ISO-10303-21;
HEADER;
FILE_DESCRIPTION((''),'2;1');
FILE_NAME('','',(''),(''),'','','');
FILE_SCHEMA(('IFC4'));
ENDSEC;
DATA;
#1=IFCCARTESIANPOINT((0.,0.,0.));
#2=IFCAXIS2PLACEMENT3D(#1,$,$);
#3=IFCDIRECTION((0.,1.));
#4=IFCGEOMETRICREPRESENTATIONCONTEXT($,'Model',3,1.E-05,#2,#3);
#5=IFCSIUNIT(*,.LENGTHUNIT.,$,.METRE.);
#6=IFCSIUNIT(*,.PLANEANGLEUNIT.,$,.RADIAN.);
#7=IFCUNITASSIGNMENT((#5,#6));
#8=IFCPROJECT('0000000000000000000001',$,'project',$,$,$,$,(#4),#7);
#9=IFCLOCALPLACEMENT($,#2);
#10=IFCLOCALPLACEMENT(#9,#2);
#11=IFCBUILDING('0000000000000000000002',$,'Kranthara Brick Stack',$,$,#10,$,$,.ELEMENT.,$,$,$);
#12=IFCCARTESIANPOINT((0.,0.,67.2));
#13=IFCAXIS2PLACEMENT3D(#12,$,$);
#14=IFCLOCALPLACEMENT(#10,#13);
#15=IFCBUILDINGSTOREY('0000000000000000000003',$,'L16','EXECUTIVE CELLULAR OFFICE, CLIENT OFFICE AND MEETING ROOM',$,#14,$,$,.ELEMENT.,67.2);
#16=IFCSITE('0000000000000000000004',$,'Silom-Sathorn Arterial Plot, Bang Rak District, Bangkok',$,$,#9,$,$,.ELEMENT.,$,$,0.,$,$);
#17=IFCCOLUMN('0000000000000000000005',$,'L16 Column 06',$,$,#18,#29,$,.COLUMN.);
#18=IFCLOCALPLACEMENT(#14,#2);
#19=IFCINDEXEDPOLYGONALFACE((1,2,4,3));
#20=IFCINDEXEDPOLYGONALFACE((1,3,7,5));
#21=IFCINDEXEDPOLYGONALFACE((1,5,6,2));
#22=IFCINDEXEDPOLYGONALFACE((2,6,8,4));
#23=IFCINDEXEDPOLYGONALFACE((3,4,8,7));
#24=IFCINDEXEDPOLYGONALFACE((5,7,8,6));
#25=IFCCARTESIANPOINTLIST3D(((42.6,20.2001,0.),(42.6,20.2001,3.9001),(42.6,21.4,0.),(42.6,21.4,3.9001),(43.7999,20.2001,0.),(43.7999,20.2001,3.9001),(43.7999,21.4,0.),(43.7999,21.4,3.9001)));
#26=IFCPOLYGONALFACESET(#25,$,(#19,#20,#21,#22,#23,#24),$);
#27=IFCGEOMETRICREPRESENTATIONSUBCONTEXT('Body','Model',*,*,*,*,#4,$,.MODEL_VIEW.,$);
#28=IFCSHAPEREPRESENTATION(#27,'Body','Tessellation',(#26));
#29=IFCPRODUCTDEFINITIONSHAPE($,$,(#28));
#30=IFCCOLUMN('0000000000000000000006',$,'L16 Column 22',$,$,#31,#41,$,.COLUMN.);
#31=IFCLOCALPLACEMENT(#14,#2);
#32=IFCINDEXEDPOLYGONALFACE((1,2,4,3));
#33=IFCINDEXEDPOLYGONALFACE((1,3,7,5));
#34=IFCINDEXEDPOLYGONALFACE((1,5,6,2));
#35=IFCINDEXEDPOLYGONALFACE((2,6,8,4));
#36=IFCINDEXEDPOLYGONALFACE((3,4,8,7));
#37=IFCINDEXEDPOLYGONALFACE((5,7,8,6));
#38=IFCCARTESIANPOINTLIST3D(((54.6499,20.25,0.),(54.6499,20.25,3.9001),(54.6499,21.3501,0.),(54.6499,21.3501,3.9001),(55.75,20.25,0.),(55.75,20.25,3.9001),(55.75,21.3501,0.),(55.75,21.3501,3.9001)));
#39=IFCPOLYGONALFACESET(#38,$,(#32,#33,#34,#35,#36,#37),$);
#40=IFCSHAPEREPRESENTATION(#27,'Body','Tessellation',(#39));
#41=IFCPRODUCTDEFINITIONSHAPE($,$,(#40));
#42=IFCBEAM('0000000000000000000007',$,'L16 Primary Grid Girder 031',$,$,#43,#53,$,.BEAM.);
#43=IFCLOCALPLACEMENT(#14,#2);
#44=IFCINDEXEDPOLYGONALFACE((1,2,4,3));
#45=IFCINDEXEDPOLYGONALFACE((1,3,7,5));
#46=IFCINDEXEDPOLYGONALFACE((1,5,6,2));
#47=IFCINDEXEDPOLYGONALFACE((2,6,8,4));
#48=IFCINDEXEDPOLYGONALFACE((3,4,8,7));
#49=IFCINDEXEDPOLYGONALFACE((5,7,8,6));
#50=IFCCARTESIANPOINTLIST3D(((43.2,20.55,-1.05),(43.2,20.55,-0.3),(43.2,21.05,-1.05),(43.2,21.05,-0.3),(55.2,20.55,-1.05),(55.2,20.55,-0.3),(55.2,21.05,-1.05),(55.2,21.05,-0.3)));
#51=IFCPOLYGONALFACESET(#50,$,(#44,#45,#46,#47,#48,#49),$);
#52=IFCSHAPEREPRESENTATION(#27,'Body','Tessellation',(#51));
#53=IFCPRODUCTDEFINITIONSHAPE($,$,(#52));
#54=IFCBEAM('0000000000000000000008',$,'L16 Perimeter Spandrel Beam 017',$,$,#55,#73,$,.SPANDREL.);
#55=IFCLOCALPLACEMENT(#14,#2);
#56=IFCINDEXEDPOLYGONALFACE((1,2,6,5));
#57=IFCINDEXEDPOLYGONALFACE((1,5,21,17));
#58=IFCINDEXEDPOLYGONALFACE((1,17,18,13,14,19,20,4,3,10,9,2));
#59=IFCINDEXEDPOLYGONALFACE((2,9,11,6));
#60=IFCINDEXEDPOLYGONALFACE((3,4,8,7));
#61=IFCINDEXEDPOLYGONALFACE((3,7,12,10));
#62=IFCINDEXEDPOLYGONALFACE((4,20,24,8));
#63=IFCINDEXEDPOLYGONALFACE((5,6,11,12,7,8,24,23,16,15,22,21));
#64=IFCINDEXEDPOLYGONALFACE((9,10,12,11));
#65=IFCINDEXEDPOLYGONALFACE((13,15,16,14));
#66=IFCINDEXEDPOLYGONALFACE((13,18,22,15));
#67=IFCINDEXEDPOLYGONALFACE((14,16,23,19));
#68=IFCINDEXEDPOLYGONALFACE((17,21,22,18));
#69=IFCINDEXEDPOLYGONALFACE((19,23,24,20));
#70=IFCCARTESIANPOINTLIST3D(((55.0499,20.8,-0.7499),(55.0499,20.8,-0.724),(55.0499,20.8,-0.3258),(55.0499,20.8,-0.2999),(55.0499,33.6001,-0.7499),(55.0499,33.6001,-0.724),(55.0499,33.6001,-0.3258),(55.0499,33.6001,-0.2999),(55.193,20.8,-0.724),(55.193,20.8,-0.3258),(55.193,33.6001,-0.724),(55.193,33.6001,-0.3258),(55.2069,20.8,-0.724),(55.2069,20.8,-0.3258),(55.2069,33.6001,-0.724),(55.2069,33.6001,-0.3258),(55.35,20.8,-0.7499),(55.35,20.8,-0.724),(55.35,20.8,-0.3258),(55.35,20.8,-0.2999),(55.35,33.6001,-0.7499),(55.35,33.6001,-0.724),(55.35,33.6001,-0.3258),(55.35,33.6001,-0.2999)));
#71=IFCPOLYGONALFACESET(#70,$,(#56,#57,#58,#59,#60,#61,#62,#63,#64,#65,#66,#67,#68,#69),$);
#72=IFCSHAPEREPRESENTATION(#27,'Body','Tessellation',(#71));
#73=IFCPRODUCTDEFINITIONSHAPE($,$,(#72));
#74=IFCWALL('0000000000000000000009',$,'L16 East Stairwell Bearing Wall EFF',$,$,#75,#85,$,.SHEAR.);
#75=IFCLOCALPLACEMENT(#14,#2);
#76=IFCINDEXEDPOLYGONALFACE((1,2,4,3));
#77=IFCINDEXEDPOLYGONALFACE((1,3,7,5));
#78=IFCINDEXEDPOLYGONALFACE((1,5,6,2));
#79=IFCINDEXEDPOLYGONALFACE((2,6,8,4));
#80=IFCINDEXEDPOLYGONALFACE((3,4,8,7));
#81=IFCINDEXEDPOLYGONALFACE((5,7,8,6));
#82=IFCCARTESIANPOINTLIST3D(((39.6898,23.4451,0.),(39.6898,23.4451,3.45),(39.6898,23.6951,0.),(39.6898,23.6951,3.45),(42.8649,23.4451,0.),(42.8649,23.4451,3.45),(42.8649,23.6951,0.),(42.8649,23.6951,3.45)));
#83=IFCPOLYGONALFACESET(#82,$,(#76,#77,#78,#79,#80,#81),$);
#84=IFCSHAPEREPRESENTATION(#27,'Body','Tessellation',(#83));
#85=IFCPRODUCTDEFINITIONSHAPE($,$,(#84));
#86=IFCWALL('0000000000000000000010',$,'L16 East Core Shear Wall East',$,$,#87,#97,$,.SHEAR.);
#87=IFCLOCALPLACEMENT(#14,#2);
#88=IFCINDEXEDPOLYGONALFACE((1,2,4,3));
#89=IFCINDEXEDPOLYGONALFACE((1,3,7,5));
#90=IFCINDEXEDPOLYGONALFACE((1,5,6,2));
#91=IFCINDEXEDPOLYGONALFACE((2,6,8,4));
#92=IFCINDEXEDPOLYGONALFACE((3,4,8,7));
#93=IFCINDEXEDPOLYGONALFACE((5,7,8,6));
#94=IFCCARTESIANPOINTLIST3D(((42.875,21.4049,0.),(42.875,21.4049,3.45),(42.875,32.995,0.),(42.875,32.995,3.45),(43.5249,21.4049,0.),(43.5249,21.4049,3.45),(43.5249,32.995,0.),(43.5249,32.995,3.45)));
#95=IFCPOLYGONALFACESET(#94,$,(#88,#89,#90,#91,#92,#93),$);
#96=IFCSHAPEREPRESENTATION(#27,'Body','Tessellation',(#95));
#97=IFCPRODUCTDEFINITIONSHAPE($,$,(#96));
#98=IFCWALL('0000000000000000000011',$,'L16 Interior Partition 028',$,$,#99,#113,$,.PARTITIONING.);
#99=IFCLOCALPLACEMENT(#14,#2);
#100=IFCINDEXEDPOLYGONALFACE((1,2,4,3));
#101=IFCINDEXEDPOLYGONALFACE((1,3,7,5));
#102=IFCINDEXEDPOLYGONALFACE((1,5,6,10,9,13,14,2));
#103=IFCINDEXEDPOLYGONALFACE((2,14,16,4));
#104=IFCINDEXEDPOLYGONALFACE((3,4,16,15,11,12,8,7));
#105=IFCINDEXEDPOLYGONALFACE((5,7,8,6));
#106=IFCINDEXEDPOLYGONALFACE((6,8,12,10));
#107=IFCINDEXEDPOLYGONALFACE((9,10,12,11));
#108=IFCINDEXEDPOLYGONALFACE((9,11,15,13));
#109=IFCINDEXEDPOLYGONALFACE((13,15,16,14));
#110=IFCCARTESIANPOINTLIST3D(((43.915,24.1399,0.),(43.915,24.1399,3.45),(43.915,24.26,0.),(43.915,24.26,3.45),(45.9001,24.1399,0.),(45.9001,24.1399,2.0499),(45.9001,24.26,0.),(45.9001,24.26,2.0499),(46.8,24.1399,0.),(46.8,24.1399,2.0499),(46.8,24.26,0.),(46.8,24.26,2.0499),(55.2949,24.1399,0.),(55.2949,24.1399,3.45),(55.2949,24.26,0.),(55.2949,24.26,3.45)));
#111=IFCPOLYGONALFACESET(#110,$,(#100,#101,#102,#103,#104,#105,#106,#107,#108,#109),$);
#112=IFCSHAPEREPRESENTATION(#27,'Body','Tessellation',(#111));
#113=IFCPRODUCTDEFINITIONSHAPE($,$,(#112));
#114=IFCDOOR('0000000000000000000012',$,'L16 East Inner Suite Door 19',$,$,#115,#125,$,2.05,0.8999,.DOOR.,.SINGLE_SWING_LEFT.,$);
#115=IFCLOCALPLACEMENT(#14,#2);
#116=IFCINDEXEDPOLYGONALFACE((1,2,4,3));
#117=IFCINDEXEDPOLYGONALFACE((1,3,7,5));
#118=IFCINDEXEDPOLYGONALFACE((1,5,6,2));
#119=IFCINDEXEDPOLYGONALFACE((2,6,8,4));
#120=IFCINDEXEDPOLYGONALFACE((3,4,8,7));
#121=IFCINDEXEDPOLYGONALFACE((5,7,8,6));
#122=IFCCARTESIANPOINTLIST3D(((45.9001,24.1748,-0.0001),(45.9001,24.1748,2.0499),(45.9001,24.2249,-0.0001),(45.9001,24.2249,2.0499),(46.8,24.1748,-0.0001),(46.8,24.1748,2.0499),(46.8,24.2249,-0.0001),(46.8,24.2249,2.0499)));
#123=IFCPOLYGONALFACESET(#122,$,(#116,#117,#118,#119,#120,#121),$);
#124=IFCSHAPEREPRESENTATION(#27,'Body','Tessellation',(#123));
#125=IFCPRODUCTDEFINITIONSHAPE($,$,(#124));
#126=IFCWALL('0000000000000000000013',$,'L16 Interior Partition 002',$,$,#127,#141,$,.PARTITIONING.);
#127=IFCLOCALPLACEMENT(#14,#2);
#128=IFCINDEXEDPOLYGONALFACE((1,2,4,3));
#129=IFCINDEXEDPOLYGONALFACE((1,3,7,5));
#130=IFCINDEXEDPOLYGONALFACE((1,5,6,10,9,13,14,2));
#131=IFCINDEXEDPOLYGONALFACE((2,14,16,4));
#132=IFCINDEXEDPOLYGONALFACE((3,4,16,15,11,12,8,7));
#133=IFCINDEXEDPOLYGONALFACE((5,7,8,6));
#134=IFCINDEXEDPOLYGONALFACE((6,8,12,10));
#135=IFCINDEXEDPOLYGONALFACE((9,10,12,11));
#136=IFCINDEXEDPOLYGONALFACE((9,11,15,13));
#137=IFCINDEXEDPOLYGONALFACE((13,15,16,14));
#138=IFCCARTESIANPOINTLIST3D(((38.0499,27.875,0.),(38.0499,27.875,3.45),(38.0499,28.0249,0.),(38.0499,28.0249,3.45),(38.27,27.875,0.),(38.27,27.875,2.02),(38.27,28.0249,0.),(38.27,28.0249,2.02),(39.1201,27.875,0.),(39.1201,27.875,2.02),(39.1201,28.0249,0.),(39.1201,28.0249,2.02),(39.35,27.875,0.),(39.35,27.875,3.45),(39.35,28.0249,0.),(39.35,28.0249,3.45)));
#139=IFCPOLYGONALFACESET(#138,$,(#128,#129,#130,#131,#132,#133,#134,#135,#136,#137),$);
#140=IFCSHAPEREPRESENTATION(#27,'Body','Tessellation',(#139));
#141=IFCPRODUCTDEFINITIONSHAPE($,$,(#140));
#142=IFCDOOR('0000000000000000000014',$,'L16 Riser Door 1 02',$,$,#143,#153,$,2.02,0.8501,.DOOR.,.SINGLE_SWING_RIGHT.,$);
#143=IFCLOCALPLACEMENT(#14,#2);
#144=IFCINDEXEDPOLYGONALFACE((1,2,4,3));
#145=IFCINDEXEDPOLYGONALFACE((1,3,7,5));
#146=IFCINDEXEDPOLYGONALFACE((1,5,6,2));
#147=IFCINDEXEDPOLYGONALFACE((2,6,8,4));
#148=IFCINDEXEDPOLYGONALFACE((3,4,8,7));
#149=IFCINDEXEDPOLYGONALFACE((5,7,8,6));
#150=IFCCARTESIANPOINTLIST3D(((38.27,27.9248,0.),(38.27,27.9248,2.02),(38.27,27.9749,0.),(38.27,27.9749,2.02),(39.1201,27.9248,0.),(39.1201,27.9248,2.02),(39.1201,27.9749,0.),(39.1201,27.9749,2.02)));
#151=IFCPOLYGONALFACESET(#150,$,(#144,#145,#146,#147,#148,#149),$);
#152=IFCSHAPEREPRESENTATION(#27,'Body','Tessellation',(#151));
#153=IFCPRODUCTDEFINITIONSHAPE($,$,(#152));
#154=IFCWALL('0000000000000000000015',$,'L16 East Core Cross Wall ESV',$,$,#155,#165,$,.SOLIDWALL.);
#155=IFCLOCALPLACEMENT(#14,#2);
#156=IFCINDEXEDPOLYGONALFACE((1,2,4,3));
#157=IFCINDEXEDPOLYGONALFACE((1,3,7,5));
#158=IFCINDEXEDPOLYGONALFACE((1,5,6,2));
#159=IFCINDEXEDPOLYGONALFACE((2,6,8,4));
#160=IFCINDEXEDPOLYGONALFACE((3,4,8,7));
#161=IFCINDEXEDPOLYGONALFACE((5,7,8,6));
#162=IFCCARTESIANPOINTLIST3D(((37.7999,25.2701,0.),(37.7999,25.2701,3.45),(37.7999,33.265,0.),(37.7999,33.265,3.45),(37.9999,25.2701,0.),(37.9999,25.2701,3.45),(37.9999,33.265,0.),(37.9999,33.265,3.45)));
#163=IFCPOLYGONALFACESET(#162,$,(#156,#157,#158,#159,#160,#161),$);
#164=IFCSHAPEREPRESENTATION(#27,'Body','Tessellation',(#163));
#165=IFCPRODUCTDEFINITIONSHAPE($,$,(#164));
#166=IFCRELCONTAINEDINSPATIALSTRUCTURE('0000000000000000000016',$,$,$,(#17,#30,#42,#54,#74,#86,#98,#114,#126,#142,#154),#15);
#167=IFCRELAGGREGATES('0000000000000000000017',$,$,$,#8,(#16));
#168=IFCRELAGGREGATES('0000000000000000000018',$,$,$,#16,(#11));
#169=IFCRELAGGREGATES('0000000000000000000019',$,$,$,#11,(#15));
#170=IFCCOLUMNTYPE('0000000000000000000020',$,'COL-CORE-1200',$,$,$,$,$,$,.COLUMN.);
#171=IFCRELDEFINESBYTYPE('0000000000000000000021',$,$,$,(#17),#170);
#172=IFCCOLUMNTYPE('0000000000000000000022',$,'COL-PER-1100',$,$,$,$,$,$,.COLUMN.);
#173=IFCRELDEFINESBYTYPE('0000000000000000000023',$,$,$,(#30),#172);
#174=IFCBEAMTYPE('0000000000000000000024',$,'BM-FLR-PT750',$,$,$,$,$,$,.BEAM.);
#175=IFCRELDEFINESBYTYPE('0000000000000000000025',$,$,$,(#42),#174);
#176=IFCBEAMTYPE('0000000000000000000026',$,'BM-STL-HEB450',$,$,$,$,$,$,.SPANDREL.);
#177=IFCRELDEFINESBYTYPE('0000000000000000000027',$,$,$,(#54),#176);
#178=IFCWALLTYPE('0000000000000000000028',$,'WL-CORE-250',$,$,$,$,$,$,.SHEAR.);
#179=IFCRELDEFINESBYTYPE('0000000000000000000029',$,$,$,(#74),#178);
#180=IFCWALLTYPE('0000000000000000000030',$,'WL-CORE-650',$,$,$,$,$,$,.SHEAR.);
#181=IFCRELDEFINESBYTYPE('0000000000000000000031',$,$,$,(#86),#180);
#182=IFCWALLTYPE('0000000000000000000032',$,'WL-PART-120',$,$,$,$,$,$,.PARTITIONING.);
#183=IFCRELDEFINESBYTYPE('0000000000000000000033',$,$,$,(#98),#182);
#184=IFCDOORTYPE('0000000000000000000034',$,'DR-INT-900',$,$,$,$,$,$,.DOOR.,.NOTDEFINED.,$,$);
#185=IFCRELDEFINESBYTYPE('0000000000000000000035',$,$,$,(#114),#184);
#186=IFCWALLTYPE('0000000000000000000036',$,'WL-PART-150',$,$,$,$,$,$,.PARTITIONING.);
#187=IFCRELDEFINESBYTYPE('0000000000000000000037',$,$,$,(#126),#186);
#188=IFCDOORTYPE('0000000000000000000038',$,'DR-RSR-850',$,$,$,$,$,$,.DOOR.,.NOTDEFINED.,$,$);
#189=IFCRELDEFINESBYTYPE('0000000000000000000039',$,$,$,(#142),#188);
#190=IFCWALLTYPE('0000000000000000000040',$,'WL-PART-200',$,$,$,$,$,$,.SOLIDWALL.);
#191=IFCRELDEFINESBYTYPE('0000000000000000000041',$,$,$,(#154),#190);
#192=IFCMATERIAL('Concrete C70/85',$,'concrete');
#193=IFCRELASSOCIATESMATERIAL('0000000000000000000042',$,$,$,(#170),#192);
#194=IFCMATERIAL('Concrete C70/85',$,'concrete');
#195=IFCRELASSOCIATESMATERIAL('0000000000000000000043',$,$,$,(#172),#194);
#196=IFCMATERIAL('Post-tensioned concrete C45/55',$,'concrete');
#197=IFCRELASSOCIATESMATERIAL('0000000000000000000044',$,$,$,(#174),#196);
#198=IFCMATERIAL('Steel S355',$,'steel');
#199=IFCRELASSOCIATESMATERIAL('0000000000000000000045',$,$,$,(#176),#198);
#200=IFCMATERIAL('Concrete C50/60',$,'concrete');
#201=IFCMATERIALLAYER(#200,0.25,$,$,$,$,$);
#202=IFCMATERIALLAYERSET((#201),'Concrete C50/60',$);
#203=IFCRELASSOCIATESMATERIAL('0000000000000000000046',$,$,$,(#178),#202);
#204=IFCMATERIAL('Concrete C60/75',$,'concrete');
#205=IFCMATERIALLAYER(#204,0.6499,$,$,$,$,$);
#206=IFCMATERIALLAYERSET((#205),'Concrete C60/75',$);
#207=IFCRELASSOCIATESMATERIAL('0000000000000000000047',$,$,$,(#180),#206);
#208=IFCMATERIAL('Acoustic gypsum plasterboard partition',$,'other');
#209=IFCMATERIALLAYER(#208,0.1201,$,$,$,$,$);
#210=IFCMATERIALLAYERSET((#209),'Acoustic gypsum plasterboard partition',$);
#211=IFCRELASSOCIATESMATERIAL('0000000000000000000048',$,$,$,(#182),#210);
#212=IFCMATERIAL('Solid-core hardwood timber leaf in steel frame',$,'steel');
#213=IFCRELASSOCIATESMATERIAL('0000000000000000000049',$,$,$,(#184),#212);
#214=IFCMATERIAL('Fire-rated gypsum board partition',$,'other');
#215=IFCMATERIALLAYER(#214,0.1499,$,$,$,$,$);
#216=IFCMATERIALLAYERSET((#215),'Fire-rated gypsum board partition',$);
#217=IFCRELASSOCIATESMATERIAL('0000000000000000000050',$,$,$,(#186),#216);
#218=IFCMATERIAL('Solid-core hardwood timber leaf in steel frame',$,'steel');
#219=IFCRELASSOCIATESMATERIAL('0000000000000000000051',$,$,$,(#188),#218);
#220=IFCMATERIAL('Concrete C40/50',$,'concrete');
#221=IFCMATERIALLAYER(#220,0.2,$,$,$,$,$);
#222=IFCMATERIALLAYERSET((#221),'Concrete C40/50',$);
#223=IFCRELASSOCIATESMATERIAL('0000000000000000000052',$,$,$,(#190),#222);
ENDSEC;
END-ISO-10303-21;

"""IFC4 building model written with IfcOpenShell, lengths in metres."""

from ifc_helpers import new_model, si_unit, direction, frame, frame_2d, origin, origin_2d, place, context, subcontext, project, spatial, rectangle, i_section, extrude, material, layer, layer_set, material_profile, profile_set, type_object, element, fill, save


model = new_model("IFC4")

# Units and contexts
model_context = context("Model", 3, precision=1e-05, world=origin(), true_north=direction((0.0, 1.0)))
body_context = subcontext(model_context, "Body", "Model", "MODEL_VIEW")
ifc_project = project(units=[si_unit("LENGTHUNIT", "METRE"), si_unit("PLANEANGLEUNIT", "RADIAN")], contexts=[model_context])

# Site, building, storey
site_placement = place(None, origin())
site = spatial("IfcSite", under=ifc_project, at=site_placement, Name="Silom-Sathorn Arterial Plot, Bang Rak District, Bangkok", CompositionType="ELEMENT", RefElevation=0.0)
building_placement = place(site_placement, origin())
building = spatial("IfcBuilding", under=site, at=building_placement, Name="Kranthara Brick Stack", CompositionType="ELEMENT")
storey_placement = place(building_placement, frame((0.0, 0.0, 67.2)))
storey = spatial("IfcBuildingStorey", under=building, at=storey_placement, Name="L16", Description="EXECUTIVE CELLULAR OFFICE, CLIENT OFFICE AND MEETING ROOM", CompositionType="ELEMENT", Elevation=67.2)

# Columns
ifc_material_1 = material(Name="Concrete C70/85", Category="concrete")
ifc_material_profile_1 = material_profile(ifc_material_1, rectangle(XDim=1.2, YDim=1.2, at=origin_2d()), Name="RC 1200x1200")
ifc_profile_set_1 = profile_set([ifc_material_profile_1], Name="Concrete C70/85")
column_type_1 = type_object("IfcColumnType", Name="COL-CORE-1200", PredefinedType="COLUMN", material=ifc_profile_set_1)
column_1_placement = place(storey_placement, frame((43.2, 20.8, 0.0), z_axis=(0.0, 0.0, 1.0), x_axis=(1.0, 0.0, 0.0)))
element("IfcColumn", 1, at=column_1_placement, inside=storey, type_object=column_type_1, Name="L16 Column 06", PredefinedType="COLUMN", context=body_context, shape_type="SweptSolid", body=[
    extrude(rectangle(XDim=1.2, YDim=1.2, at=origin_2d()), origin(), (0.0, 0.0, 1.0), 3.9001),
])
ifc_material_2 = material(Name="Concrete C70/85", Category="concrete")
ifc_material_profile_2 = material_profile(ifc_material_2, rectangle(XDim=1.1001, YDim=1.1001, at=origin_2d()), Name="RC 1100x1100")
ifc_profile_set_2 = profile_set([ifc_material_profile_2], Name="Concrete C70/85")
column_type_2 = type_object("IfcColumnType", Name="COL-PER-1100", PredefinedType="COLUMN", material=ifc_profile_set_2)
column_2_placement = place(storey_placement, frame((55.2, 20.8, 0.0), z_axis=(0.0, 0.0, 1.0), x_axis=(1.0, 0.0, 0.0)))
element("IfcColumn", 2, at=column_2_placement, inside=storey, type_object=column_type_2, Name="L16 Column 22", PredefinedType="COLUMN", context=body_context, shape_type="SweptSolid", body=[
    extrude(rectangle(XDim=1.1001, YDim=1.1001, at=origin_2d()), origin(), (0.0, 0.0, 1.0), 3.9001),
])

# Beams
ifc_material_3 = material(Name="Post-tensioned concrete C45/55", Category="concrete")
ifc_material_profile_3 = material_profile(ifc_material_3, rectangle(XDim=0.5, YDim=0.75, at=origin_2d()), Name="PT 500x750")
ifc_profile_set_3 = profile_set([ifc_material_profile_3], Name="Post-tensioned concrete C45/55")
beam_type_1 = type_object("IfcBeamType", Name="BM-FLR-PT750", PredefinedType="BEAM", material=ifc_profile_set_3)
beam_1_placement = place(storey_placement, frame((43.2, 20.8, -0.675), z_axis=(1.0, 0.0, 0.0), x_axis=(0.0, 1.0, 0.0)))
element("IfcBeam", 3, at=beam_1_placement, inside=storey, type_object=beam_type_1, Name="L16 Primary Grid Girder 031", PredefinedType="BEAM", context=body_context, shape_type="SweptSolid", body=[
    extrude(rectangle(XDim=0.5, YDim=0.75, at=origin_2d()), origin(), (0.0, 0.0, 1.0), 12.0),
])
ifc_material_4 = material(Name="Steel S355", Category="steel")
ifc_material_profile_4 = material_profile(ifc_material_4, i_section(OverallWidth=0.3, OverallDepth=0.45, WebThickness=0.0139, FlangeThickness=0.0259, at=origin_2d()), Name="HEB 450")
ifc_profile_set_4 = profile_set([ifc_material_profile_4], Name="Steel S355")
beam_type_2 = type_object("IfcBeamType", Name="BM-STL-HEB450", PredefinedType="SPANDREL", material=ifc_profile_set_4)
beam_2_placement = place(storey_placement, frame((55.2, 20.8, -0.5249), z_axis=(0.0, 1.0, 0.0), x_axis=(-1.0, 0.0, 0.0)))
element("IfcBeam", 4, at=beam_2_placement, inside=storey, type_object=beam_type_2, Name="L16 Perimeter Spandrel Beam 017", PredefinedType="SPANDREL", context=body_context, shape_type="SweptSolid", body=[
    extrude(i_section(OverallWidth=0.3, OverallDepth=0.45, WebThickness=0.0139, FlangeThickness=0.0259, at=origin_2d()), origin(), (0.0, 0.0, 1.0), 12.8),
])

# Shared definitions
ifc_material_5 = material(Name="Concrete C50/60", Category="concrete")
ifc_layer_1 = layer(ifc_material_5, 0.25)
ifc_layer_set_1 = layer_set([ifc_layer_1], Name="Concrete C50/60")
wall_type_1 = type_object("IfcWallType", Name="WL-CORE-250", PredefinedType="SHEAR", material=ifc_layer_set_1)

# Walls
wall_1_placement = place(storey_placement, frame((39.6899, 23.5701, 0.0), z_axis=(0.0, 0.0, 1.0), x_axis=(1.0, 0.0, 0.0)))
element("IfcWall", 5, at=wall_1_placement, inside=storey, type_object=wall_type_1, Name="L16 East Stairwell Bearing Wall EFF", PredefinedType="SHEAR", context=body_context, shape_type="SweptSolid", body=[
    extrude(rectangle(XDim=3.175, YDim=0.25, at=frame_2d((1.5874, 0.0))), origin(), (0.0, 0.0, 1.0), 3.45),
])
ifc_material_6 = material(Name="Concrete C60/75", Category="concrete")
ifc_layer_2 = layer(ifc_material_6, 0.6499)
ifc_layer_set_2 = layer_set([ifc_layer_2], Name="Concrete C60/75")
wall_type_2 = type_object("IfcWallType", Name="WL-CORE-650", PredefinedType="SHEAR", material=ifc_layer_set_2)
wall_2_placement = place(storey_placement, frame((43.2, 21.405, 0.0), z_axis=(0.0, 0.0, 1.0), x_axis=(0.0, 1.0, 0.0)))
element("IfcWall", 6, at=wall_2_placement, inside=storey, type_object=wall_type_2, Name="L16 East Core Shear Wall East", PredefinedType="SHEAR", context=body_context, shape_type="SweptSolid", body=[
    extrude(rectangle(XDim=11.5901, YDim=0.6499, at=frame_2d((5.7949, 0.0))), origin(), (0.0, 0.0, 1.0), 3.45),
])

# Walls, openings, doors
ifc_material_7 = material(Name="Acoustic gypsum plasterboard partition", Category="other")
ifc_layer_3 = layer(ifc_material_7, 0.1201)
ifc_layer_set_3 = layer_set([ifc_layer_3], Name="Acoustic gypsum plasterboard partition")
wall_type_3 = type_object("IfcWallType", Name="WL-PART-120", PredefinedType="PARTITIONING", material=ifc_layer_set_3)
wall_3_placement = place(storey_placement, frame((43.915, 24.2, 0.0), z_axis=(0.0, 0.0, 1.0), x_axis=(1.0, 0.0, 0.0)))
wall_3 = element("IfcWall", 7, at=wall_3_placement, inside=storey, type_object=wall_type_3, Name="L16 Interior Partition 028", PredefinedType="PARTITIONING", context=body_context, shape_type="SweptSolid", body=[
    extrude(rectangle(XDim=11.3799, YDim=0.1201, at=frame_2d((5.6899, 0.0))), origin(), (0.0, 0.0, 1.0), 3.45),
])
opening_1_placement = place(wall_3_placement, frame((1.9851, 0.0, 0.0)))
opening_1 = element("IfcOpeningElement", 8, at=opening_1_placement, cuts=wall_3, PredefinedType="OPENING", context=body_context, shape_type="SweptSolid", body=[
    extrude(rectangle(XDim=0.8999, YDim=2.05, at=frame_2d((0.45, 1.0249))), frame((0.0, 0.0701, 0.0), z_axis=(0.0, -1.0, 0.0), x_axis=(1.0, 0.0, 0.0)), (0.0, 0.0, 1.0), 0.1401),
])
ifc_material_8 = material(Name="Solid-core hardwood timber leaf in steel frame", Category="steel")
door_type_1 = type_object("IfcDoorType", Name="DR-INT-900", OperationType="NOTDEFINED", PredefinedType="DOOR", material=ifc_material_8)
door_1_placement = place(opening_1_placement, origin())
door_1 = element("IfcDoor", 9, at=door_1_placement, inside=storey, type_object=door_type_1, Name="L16 East Inner Suite Door 19", OperationType="SINGLE_SWING_LEFT", OverallHeight=2.05, OverallWidth=0.8999, PredefinedType="DOOR", context=body_context, shape_type="SweptSolid", body=[
    extrude(rectangle(XDim=0.8999, YDim=2.05, at=frame_2d((0.45, 1.0249))), frame((0.0, 0.0249, 0.0), z_axis=(0.0, -1.0, 0.0), x_axis=(1.0, 0.0, 0.0)), (0.0, 0.0, 1.0), 0.05),
])
fill(opening_1, door_1)
ifc_material_9 = material(Name="Fire-rated gypsum board partition", Category="other")
ifc_layer_4 = layer(ifc_material_9, 0.1499)
ifc_layer_set_4 = layer_set([ifc_layer_4], Name="Fire-rated gypsum board partition")
wall_type_4 = type_object("IfcWallType", Name="WL-PART-150", PredefinedType="PARTITIONING", material=ifc_layer_set_4)
wall_4_placement = place(storey_placement, frame((38.05, 27.95, 0.0), z_axis=(0.0, 0.0, 1.0), x_axis=(1.0, 0.0, 0.0)))
wall_4 = element("IfcWall", 10, at=wall_4_placement, inside=storey, type_object=wall_type_4, Name="L16 Interior Partition 002", PredefinedType="PARTITIONING", context=body_context, shape_type="SweptSolid", body=[
    extrude(rectangle(XDim=1.3, YDim=0.1499, at=frame_2d((0.6499, 0.0))), origin(), (0.0, 0.0, 1.0), 3.45),
])
opening_2_placement = place(wall_4_placement, frame((0.22, 0.0, 0.0)))
opening_2 = element("IfcOpeningElement", 11, at=opening_2_placement, cuts=wall_4, PredefinedType="OPENING", context=body_context, shape_type="SweptSolid", body=[
    extrude(rectangle(XDim=0.8501, YDim=2.02, at=frame_2d((0.425, 1.01))), frame((0.0, 0.085, 0.0), z_axis=(0.0, -1.0, 0.0), x_axis=(1.0, 0.0, 0.0)), (0.0, 0.0, 1.0), 0.1699),
])
ifc_material_10 = material(Name="Solid-core hardwood timber leaf in steel frame", Category="steel")
door_type_2 = type_object("IfcDoorType", Name="DR-RSR-850", OperationType="NOTDEFINED", PredefinedType="DOOR", material=ifc_material_10)
door_2_placement = place(opening_2_placement, origin())
door_2 = element("IfcDoor", 12, at=door_2_placement, inside=storey, type_object=door_type_2, Name="L16 Riser Door 1 02", OperationType="SINGLE_SWING_RIGHT", OverallHeight=2.02, OverallWidth=0.8501, PredefinedType="DOOR", context=body_context, shape_type="SweptSolid", body=[
    extrude(rectangle(XDim=0.8501, YDim=2.02, at=frame_2d((0.425, 1.01))), frame((0.0, 0.0249, 0.0), z_axis=(0.0, -1.0, 0.0), x_axis=(1.0, 0.0, 0.0)), (0.0, 0.0, 1.0), 0.05),
])
fill(opening_2, door_2)

# Wall
ifc_material_11 = material(Name="Concrete C40/50", Category="concrete")
ifc_layer_5 = layer(ifc_material_11, 0.2)
ifc_layer_set_5 = layer_set([ifc_layer_5], Name="Concrete C40/50")
wall_type_5 = type_object("IfcWallType", Name="WL-PART-200", PredefinedType="SOLIDWALL", material=ifc_layer_set_5)
wall_5_placement = place(storey_placement, frame((37.8999, 25.27, 0.0), z_axis=(0.0, 0.0, 1.0), x_axis=(0.0, 1.0, 0.0)))
element("IfcWall", 13, at=wall_5_placement, inside=storey, type_object=wall_type_5, Name="L16 East Core Cross Wall ESV", PredefinedType="SOLIDWALL", context=body_context, shape_type="SweptSolid", body=[
    extrude(rectangle(XDim=7.9949, YDim=0.2, at=frame_2d((3.9976, 0.0))), origin(), (0.0, 0.0, 1.0), 3.45),
])

save(model, "model.ifc")
